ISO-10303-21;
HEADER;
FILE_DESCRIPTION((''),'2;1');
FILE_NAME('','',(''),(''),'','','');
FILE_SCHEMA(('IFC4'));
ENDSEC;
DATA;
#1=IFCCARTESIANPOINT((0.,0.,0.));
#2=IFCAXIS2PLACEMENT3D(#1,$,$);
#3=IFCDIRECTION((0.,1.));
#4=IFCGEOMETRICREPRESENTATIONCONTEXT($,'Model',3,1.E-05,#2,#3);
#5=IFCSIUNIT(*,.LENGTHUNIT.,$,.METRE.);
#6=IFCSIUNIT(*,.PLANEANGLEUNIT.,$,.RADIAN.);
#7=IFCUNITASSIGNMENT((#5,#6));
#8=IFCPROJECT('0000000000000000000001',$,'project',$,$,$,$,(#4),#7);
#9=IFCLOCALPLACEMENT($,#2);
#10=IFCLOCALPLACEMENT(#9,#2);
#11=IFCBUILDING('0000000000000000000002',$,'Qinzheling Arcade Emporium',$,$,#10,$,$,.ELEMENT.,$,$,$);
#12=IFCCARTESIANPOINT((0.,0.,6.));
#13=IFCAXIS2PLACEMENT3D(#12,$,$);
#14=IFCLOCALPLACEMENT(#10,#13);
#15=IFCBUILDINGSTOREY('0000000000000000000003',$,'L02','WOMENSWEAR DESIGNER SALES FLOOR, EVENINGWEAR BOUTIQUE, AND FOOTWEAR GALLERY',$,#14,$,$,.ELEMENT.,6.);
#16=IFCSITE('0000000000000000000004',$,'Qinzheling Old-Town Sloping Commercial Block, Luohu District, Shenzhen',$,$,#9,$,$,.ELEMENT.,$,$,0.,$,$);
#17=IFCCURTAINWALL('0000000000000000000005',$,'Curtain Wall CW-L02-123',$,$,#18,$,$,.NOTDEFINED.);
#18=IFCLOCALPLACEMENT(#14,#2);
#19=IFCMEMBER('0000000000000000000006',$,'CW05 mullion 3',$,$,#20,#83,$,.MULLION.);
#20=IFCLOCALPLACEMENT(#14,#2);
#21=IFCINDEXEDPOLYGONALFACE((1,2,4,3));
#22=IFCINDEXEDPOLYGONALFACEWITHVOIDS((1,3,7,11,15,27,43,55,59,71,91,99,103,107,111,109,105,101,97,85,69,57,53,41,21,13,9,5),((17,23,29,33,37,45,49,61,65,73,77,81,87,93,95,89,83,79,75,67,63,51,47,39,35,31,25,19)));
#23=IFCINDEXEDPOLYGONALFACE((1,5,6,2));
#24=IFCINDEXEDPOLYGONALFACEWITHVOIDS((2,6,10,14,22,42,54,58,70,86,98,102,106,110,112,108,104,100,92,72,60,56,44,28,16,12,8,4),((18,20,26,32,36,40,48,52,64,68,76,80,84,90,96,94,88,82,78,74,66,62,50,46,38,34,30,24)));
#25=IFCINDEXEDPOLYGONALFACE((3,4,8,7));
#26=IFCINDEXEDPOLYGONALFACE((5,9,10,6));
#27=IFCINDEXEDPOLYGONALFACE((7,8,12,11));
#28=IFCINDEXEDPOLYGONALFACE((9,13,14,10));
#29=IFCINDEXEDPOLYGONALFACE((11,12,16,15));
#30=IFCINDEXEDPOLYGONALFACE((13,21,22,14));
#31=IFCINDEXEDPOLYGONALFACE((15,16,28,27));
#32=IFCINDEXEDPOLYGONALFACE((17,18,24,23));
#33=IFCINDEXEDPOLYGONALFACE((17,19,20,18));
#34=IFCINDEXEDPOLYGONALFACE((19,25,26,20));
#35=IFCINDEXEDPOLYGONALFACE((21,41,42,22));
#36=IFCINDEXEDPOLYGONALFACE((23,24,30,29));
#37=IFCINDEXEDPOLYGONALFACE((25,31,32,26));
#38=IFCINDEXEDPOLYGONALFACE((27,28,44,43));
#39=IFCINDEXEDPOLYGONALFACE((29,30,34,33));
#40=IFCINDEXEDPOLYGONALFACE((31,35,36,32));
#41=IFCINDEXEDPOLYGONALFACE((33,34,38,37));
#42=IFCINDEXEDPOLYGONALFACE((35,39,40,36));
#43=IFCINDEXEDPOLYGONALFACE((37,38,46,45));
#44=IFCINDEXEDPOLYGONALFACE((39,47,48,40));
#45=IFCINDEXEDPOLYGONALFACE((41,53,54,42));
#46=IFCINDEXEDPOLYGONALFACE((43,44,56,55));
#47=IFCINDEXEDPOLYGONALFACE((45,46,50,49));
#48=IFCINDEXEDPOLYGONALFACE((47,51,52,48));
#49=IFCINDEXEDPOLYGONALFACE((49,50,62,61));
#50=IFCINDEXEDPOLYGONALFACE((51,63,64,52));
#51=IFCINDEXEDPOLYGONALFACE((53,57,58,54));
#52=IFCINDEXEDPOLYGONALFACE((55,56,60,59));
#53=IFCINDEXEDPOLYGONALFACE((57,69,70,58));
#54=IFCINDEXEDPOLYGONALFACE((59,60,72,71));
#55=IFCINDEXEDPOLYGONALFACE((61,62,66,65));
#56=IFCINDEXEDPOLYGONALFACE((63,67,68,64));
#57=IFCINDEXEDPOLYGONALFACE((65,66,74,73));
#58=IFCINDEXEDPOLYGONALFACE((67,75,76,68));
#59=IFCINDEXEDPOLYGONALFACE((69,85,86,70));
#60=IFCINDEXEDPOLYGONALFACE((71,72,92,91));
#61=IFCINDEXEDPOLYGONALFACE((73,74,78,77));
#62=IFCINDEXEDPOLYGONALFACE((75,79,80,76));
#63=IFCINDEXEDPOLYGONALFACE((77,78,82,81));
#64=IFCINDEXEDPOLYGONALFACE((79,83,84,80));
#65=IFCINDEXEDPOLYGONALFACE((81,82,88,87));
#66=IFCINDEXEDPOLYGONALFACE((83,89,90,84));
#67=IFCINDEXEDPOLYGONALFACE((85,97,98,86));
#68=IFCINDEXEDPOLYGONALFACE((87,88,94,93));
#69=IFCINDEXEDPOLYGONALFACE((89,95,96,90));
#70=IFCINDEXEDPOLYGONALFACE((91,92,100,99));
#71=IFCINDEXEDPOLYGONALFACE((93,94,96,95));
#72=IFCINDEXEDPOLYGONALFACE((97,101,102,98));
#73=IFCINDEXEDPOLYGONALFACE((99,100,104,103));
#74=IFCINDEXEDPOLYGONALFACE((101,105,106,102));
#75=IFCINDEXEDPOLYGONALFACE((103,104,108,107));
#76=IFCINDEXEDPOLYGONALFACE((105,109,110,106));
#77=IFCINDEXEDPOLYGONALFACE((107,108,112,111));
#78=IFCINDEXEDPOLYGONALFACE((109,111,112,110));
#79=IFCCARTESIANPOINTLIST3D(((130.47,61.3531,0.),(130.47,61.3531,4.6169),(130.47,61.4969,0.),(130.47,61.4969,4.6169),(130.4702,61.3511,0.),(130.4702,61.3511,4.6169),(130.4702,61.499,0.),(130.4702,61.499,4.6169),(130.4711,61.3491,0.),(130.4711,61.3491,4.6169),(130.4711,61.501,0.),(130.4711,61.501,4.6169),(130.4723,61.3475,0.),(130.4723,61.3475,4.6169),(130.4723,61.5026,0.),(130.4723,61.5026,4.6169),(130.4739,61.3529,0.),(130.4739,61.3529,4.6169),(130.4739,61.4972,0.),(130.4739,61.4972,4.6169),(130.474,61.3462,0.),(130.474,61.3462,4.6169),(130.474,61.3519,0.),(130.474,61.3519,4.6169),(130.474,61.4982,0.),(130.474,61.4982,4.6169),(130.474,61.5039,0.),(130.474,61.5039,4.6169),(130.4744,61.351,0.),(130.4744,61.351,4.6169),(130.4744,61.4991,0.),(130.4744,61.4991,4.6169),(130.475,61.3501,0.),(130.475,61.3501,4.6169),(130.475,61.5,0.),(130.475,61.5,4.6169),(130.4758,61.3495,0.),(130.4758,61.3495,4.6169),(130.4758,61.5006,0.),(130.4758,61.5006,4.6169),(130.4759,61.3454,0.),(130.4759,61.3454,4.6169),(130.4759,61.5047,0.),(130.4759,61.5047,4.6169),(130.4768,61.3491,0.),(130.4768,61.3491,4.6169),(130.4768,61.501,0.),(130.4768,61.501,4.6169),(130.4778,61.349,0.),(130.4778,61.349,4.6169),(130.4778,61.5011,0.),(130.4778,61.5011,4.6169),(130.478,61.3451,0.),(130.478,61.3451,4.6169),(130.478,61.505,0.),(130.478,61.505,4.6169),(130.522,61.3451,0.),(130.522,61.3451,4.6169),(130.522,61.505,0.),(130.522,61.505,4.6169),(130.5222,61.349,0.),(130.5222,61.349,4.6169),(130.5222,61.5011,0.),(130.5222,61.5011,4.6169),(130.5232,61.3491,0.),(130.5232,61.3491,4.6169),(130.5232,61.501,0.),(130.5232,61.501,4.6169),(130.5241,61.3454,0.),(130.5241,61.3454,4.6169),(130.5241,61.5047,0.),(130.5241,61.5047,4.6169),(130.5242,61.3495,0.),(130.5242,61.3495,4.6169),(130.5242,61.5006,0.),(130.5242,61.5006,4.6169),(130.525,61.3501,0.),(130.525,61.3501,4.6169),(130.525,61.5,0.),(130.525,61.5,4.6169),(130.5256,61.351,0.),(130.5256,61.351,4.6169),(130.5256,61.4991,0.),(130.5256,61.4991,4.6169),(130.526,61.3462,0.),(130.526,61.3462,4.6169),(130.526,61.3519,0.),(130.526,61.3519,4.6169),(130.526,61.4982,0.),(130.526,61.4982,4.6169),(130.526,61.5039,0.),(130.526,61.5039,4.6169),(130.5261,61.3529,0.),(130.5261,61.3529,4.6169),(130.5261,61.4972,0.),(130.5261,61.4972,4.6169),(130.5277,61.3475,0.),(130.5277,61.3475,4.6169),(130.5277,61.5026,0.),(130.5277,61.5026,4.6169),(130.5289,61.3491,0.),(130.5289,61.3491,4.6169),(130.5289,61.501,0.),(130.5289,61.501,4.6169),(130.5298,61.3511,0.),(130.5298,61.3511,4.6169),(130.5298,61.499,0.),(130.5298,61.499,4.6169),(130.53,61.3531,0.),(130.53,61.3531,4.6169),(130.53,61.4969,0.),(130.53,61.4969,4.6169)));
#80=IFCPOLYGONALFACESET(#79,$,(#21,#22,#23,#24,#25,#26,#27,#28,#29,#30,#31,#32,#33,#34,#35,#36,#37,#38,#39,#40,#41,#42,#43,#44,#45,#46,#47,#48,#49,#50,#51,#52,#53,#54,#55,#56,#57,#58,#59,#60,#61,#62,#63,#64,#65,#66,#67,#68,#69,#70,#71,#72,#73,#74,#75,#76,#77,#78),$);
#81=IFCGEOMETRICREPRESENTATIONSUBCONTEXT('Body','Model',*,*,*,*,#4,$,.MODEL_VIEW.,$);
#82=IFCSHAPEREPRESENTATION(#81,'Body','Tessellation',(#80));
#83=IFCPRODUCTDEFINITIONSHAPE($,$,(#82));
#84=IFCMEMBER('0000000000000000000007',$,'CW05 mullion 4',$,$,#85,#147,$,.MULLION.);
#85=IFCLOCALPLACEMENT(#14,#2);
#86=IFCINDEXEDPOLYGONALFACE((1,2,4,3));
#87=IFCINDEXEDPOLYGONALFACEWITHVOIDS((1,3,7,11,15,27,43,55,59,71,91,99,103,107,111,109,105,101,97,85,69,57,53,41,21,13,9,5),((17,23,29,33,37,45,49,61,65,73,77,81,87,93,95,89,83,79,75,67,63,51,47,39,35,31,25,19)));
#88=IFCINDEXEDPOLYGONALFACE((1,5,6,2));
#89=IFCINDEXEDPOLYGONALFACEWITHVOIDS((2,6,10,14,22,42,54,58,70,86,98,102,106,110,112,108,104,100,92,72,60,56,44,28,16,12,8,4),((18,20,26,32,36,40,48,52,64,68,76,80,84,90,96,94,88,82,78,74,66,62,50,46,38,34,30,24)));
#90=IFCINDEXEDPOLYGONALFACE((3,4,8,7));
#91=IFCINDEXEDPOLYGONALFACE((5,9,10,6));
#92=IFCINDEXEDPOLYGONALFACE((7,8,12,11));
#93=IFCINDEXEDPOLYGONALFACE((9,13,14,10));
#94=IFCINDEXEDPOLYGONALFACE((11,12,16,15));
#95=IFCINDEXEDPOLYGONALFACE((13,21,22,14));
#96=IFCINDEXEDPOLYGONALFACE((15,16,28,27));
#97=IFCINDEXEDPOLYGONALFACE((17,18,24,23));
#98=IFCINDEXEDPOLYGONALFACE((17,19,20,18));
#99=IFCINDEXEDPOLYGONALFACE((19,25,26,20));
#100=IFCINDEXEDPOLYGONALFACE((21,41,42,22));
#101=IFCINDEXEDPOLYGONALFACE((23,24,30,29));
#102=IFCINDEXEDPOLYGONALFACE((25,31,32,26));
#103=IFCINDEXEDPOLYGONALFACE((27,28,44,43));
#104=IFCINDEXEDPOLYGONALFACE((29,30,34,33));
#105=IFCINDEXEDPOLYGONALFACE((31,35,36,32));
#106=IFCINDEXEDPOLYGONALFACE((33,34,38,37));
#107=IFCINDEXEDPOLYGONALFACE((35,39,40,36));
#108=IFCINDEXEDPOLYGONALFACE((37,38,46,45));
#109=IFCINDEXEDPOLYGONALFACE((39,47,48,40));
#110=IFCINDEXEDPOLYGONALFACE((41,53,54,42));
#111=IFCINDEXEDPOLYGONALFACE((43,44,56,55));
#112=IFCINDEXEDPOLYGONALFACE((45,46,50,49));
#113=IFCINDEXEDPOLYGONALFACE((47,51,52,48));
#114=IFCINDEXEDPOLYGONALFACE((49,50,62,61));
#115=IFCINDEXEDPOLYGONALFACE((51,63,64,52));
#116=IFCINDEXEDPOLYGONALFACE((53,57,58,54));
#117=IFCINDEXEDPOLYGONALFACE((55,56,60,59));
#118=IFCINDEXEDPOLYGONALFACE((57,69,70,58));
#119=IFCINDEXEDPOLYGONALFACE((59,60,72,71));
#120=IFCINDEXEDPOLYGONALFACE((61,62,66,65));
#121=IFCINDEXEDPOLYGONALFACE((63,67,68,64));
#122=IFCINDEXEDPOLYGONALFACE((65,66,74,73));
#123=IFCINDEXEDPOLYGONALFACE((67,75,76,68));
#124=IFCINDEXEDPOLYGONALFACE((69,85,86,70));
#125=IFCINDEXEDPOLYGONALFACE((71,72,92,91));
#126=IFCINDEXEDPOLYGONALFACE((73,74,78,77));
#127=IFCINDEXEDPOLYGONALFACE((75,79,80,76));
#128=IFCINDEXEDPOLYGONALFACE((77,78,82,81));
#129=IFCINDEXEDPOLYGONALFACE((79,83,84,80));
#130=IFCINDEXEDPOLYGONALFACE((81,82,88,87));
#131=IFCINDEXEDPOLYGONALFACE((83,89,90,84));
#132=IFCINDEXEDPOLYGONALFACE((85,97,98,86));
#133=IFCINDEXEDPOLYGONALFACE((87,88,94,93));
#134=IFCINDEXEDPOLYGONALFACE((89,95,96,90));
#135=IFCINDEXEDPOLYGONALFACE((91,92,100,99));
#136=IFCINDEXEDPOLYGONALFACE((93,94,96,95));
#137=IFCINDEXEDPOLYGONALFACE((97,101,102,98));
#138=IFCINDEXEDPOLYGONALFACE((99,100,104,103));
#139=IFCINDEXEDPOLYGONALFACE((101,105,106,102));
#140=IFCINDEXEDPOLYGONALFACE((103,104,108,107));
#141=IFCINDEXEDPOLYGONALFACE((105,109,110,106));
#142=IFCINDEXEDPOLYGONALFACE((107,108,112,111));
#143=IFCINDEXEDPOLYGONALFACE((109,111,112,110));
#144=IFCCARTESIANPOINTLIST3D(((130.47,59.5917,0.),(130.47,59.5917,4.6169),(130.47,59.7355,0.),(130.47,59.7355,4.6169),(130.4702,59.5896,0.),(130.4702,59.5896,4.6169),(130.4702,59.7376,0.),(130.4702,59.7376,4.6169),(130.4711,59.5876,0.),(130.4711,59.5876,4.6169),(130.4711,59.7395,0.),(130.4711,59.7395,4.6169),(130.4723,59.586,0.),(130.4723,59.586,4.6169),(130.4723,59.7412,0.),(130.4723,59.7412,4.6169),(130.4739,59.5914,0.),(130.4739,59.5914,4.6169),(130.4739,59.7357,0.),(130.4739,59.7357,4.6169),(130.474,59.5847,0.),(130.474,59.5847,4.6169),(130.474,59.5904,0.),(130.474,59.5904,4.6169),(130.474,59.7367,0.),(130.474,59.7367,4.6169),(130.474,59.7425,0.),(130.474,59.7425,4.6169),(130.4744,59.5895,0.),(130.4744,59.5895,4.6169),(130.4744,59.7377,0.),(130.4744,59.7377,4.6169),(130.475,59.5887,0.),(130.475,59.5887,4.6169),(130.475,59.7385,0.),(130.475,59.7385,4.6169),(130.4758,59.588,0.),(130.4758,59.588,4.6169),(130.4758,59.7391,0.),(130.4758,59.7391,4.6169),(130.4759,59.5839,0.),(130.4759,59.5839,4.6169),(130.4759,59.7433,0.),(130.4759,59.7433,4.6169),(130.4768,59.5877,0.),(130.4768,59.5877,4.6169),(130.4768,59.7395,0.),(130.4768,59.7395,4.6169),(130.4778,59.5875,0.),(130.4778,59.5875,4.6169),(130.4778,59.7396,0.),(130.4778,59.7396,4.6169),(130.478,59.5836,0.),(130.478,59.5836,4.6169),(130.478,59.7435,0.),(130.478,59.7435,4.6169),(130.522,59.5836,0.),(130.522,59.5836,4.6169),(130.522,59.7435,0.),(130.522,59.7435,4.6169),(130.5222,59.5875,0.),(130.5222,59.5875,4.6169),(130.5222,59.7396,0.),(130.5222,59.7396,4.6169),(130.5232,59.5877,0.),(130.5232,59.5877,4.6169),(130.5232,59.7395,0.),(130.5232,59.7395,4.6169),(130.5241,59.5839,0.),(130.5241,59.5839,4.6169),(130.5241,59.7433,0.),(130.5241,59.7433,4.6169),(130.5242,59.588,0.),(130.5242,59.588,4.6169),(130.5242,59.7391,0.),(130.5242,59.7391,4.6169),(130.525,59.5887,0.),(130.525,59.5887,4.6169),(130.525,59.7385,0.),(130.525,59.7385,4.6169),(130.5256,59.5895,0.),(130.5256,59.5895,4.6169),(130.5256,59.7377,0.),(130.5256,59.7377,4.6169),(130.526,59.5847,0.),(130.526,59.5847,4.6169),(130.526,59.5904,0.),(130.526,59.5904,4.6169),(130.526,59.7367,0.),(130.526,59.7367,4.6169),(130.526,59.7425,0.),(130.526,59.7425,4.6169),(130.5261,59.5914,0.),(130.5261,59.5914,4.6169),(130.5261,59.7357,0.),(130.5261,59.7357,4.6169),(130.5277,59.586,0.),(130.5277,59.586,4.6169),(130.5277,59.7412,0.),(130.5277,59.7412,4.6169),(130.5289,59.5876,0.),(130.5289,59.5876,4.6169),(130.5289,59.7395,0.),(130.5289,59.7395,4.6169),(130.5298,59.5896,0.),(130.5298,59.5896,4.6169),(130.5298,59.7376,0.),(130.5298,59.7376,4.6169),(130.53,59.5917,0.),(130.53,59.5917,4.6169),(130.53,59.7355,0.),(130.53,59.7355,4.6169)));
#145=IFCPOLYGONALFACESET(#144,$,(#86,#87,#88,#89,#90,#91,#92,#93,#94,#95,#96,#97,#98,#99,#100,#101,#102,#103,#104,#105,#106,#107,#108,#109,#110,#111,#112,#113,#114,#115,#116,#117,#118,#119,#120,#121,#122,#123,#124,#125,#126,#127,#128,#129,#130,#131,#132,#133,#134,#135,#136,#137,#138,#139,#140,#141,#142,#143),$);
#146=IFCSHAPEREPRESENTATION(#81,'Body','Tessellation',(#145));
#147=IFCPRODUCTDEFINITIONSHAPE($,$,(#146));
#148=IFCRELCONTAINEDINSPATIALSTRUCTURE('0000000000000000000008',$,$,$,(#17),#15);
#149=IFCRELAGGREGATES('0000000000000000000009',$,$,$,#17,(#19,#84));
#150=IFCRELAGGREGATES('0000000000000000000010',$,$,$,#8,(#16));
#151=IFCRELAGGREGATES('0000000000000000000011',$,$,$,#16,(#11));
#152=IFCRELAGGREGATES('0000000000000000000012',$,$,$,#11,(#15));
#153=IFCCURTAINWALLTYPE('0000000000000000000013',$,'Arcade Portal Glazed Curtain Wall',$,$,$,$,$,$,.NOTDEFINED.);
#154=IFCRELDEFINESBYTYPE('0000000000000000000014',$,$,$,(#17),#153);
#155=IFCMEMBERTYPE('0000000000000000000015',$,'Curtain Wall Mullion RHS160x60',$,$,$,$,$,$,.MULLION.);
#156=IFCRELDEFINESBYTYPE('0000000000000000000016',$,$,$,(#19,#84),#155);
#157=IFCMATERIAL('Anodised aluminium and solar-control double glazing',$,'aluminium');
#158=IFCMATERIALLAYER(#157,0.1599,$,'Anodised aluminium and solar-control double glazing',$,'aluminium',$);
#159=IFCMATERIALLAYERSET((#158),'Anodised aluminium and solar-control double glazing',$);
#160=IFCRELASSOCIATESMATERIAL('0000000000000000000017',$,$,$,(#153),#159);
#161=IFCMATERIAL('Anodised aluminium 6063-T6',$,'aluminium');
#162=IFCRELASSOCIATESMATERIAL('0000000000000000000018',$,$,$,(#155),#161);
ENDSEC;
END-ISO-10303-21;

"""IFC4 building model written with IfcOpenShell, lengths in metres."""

from ifc_helpers import new_model, si_unit, direction, frame, origin, origin_2d, place, context, subcontext, project, spatial, hollow_rectangle, extrude, material, layer, layer_set, material_profile, profile_set, type_object, element, aggregate, save


model = new_model("IFC4")

# Units and contexts
model_context = context("Model", 3, precision=1e-05, world=origin(), true_north=direction((0.0, 1.0)))
body_context = subcontext(model_context, "Body", "Model", "MODEL_VIEW")
ifc_project = project(units=[si_unit("LENGTHUNIT", "METRE"), si_unit("PLANEANGLEUNIT", "RADIAN")], contexts=[model_context])

# Site, building, storey
site_placement = place(None, origin())
site = spatial("IfcSite", under=ifc_project, at=site_placement, Name="Qinzheling Old-Town Sloping Commercial Block, Luohu District, Shenzhen", CompositionType="ELEMENT", RefElevation=0.0)
building_placement = place(site_placement, origin())
building = spatial("IfcBuilding", under=site, at=building_placement, Name="Qinzheling Arcade Emporium", CompositionType="ELEMENT")
storey_placement = place(building_placement, frame((0.0, 0.0, 6.0)))
storey = spatial("IfcBuildingStorey", under=building, at=storey_placement, Name="L02", Description="WOMENSWEAR DESIGNER SALES FLOOR, EVENINGWEAR BOUTIQUE, AND FOOTWEAR GALLERY", CompositionType="ELEMENT", Elevation=6.0)

# Curtain wall, members
ifc_material_1 = material(Name="Anodised aluminium and solar-control double glazing", Category="aluminium")
ifc_layer_1 = layer(ifc_material_1, 0.1599, Name="Anodised aluminium and solar-control double glazing", Category="aluminium")
ifc_layer_set_1 = layer_set([ifc_layer_1], Name="Anodised aluminium and solar-control double glazing")
curtain_wall_type = type_object("IfcCurtainWallType", Name="Arcade Portal Glazed Curtain Wall", PredefinedType="NOTDEFINED", material=ifc_layer_set_1)
curtain_wall_placement = place(storey_placement, origin())
curtain_wall = element("IfcCurtainWall", 1, at=curtain_wall_placement, inside=storey, type_object=curtain_wall_type, Name="Curtain Wall CW-L02-123", PredefinedType="NOTDEFINED")
ifc_material_2 = material(Name="Anodised aluminium 6063-T6", Category="aluminium")
ifc_material_profile_1 = material_profile(ifc_material_2, hollow_rectangle(XDim=0.0601, YDim=0.1599, WallThickness=0.0039, InnerFilletRadius=0.0039, OuterFilletRadius=0.0081, at=origin_2d()), Name="RHS 160x60x4", Category="aluminium")
ifc_profile_set_1 = profile_set([ifc_material_profile_1], Name="Anodised aluminium 6063-T6")
member_type_1 = type_object("IfcMemberType", Name="Curtain Wall Mullion RHS160x60", PredefinedType="MULLION", material=ifc_profile_set_1)
member_1_placement = place(storey_placement, frame((130.5, 61.425, 0.0), z_axis=(0.0, 0.0, 1.0), x_axis=(1.0, 0.0, 0.0)))
member_1 = element("IfcMember", 2, at=member_1_placement, type_object=member_type_1, Name="CW05 mullion 3", PredefinedType="MULLION", context=body_context, shape_type="SweptSolid", body=[
    extrude(hollow_rectangle(XDim=0.0601, YDim=0.1599, WallThickness=0.0039, InnerFilletRadius=0.0039, OuterFilletRadius=0.0081, at=origin_2d()), origin(), (0.0, 0.0, 1.0), 4.6169),
])
member_2_placement = place(storey_placement, frame((130.5, 59.6636, 0.0), z_axis=(0.0, 0.0, 1.0), x_axis=(1.0, 0.0, 0.0)))
member_2 = element("IfcMember", 3, at=member_2_placement, type_object=member_type_1, Name="CW05 mullion 4", PredefinedType="MULLION", context=body_context, shape_type="SweptSolid", body=[
    extrude(hollow_rectangle(XDim=0.0601, YDim=0.1599, WallThickness=0.0039, InnerFilletRadius=0.0039, OuterFilletRadius=0.0081, at=origin_2d()), origin(), (0.0, 0.0, 1.0), 4.6169),
])
aggregate(curtain_wall, [member_1, member_2])

save(model, "model.ifc")
